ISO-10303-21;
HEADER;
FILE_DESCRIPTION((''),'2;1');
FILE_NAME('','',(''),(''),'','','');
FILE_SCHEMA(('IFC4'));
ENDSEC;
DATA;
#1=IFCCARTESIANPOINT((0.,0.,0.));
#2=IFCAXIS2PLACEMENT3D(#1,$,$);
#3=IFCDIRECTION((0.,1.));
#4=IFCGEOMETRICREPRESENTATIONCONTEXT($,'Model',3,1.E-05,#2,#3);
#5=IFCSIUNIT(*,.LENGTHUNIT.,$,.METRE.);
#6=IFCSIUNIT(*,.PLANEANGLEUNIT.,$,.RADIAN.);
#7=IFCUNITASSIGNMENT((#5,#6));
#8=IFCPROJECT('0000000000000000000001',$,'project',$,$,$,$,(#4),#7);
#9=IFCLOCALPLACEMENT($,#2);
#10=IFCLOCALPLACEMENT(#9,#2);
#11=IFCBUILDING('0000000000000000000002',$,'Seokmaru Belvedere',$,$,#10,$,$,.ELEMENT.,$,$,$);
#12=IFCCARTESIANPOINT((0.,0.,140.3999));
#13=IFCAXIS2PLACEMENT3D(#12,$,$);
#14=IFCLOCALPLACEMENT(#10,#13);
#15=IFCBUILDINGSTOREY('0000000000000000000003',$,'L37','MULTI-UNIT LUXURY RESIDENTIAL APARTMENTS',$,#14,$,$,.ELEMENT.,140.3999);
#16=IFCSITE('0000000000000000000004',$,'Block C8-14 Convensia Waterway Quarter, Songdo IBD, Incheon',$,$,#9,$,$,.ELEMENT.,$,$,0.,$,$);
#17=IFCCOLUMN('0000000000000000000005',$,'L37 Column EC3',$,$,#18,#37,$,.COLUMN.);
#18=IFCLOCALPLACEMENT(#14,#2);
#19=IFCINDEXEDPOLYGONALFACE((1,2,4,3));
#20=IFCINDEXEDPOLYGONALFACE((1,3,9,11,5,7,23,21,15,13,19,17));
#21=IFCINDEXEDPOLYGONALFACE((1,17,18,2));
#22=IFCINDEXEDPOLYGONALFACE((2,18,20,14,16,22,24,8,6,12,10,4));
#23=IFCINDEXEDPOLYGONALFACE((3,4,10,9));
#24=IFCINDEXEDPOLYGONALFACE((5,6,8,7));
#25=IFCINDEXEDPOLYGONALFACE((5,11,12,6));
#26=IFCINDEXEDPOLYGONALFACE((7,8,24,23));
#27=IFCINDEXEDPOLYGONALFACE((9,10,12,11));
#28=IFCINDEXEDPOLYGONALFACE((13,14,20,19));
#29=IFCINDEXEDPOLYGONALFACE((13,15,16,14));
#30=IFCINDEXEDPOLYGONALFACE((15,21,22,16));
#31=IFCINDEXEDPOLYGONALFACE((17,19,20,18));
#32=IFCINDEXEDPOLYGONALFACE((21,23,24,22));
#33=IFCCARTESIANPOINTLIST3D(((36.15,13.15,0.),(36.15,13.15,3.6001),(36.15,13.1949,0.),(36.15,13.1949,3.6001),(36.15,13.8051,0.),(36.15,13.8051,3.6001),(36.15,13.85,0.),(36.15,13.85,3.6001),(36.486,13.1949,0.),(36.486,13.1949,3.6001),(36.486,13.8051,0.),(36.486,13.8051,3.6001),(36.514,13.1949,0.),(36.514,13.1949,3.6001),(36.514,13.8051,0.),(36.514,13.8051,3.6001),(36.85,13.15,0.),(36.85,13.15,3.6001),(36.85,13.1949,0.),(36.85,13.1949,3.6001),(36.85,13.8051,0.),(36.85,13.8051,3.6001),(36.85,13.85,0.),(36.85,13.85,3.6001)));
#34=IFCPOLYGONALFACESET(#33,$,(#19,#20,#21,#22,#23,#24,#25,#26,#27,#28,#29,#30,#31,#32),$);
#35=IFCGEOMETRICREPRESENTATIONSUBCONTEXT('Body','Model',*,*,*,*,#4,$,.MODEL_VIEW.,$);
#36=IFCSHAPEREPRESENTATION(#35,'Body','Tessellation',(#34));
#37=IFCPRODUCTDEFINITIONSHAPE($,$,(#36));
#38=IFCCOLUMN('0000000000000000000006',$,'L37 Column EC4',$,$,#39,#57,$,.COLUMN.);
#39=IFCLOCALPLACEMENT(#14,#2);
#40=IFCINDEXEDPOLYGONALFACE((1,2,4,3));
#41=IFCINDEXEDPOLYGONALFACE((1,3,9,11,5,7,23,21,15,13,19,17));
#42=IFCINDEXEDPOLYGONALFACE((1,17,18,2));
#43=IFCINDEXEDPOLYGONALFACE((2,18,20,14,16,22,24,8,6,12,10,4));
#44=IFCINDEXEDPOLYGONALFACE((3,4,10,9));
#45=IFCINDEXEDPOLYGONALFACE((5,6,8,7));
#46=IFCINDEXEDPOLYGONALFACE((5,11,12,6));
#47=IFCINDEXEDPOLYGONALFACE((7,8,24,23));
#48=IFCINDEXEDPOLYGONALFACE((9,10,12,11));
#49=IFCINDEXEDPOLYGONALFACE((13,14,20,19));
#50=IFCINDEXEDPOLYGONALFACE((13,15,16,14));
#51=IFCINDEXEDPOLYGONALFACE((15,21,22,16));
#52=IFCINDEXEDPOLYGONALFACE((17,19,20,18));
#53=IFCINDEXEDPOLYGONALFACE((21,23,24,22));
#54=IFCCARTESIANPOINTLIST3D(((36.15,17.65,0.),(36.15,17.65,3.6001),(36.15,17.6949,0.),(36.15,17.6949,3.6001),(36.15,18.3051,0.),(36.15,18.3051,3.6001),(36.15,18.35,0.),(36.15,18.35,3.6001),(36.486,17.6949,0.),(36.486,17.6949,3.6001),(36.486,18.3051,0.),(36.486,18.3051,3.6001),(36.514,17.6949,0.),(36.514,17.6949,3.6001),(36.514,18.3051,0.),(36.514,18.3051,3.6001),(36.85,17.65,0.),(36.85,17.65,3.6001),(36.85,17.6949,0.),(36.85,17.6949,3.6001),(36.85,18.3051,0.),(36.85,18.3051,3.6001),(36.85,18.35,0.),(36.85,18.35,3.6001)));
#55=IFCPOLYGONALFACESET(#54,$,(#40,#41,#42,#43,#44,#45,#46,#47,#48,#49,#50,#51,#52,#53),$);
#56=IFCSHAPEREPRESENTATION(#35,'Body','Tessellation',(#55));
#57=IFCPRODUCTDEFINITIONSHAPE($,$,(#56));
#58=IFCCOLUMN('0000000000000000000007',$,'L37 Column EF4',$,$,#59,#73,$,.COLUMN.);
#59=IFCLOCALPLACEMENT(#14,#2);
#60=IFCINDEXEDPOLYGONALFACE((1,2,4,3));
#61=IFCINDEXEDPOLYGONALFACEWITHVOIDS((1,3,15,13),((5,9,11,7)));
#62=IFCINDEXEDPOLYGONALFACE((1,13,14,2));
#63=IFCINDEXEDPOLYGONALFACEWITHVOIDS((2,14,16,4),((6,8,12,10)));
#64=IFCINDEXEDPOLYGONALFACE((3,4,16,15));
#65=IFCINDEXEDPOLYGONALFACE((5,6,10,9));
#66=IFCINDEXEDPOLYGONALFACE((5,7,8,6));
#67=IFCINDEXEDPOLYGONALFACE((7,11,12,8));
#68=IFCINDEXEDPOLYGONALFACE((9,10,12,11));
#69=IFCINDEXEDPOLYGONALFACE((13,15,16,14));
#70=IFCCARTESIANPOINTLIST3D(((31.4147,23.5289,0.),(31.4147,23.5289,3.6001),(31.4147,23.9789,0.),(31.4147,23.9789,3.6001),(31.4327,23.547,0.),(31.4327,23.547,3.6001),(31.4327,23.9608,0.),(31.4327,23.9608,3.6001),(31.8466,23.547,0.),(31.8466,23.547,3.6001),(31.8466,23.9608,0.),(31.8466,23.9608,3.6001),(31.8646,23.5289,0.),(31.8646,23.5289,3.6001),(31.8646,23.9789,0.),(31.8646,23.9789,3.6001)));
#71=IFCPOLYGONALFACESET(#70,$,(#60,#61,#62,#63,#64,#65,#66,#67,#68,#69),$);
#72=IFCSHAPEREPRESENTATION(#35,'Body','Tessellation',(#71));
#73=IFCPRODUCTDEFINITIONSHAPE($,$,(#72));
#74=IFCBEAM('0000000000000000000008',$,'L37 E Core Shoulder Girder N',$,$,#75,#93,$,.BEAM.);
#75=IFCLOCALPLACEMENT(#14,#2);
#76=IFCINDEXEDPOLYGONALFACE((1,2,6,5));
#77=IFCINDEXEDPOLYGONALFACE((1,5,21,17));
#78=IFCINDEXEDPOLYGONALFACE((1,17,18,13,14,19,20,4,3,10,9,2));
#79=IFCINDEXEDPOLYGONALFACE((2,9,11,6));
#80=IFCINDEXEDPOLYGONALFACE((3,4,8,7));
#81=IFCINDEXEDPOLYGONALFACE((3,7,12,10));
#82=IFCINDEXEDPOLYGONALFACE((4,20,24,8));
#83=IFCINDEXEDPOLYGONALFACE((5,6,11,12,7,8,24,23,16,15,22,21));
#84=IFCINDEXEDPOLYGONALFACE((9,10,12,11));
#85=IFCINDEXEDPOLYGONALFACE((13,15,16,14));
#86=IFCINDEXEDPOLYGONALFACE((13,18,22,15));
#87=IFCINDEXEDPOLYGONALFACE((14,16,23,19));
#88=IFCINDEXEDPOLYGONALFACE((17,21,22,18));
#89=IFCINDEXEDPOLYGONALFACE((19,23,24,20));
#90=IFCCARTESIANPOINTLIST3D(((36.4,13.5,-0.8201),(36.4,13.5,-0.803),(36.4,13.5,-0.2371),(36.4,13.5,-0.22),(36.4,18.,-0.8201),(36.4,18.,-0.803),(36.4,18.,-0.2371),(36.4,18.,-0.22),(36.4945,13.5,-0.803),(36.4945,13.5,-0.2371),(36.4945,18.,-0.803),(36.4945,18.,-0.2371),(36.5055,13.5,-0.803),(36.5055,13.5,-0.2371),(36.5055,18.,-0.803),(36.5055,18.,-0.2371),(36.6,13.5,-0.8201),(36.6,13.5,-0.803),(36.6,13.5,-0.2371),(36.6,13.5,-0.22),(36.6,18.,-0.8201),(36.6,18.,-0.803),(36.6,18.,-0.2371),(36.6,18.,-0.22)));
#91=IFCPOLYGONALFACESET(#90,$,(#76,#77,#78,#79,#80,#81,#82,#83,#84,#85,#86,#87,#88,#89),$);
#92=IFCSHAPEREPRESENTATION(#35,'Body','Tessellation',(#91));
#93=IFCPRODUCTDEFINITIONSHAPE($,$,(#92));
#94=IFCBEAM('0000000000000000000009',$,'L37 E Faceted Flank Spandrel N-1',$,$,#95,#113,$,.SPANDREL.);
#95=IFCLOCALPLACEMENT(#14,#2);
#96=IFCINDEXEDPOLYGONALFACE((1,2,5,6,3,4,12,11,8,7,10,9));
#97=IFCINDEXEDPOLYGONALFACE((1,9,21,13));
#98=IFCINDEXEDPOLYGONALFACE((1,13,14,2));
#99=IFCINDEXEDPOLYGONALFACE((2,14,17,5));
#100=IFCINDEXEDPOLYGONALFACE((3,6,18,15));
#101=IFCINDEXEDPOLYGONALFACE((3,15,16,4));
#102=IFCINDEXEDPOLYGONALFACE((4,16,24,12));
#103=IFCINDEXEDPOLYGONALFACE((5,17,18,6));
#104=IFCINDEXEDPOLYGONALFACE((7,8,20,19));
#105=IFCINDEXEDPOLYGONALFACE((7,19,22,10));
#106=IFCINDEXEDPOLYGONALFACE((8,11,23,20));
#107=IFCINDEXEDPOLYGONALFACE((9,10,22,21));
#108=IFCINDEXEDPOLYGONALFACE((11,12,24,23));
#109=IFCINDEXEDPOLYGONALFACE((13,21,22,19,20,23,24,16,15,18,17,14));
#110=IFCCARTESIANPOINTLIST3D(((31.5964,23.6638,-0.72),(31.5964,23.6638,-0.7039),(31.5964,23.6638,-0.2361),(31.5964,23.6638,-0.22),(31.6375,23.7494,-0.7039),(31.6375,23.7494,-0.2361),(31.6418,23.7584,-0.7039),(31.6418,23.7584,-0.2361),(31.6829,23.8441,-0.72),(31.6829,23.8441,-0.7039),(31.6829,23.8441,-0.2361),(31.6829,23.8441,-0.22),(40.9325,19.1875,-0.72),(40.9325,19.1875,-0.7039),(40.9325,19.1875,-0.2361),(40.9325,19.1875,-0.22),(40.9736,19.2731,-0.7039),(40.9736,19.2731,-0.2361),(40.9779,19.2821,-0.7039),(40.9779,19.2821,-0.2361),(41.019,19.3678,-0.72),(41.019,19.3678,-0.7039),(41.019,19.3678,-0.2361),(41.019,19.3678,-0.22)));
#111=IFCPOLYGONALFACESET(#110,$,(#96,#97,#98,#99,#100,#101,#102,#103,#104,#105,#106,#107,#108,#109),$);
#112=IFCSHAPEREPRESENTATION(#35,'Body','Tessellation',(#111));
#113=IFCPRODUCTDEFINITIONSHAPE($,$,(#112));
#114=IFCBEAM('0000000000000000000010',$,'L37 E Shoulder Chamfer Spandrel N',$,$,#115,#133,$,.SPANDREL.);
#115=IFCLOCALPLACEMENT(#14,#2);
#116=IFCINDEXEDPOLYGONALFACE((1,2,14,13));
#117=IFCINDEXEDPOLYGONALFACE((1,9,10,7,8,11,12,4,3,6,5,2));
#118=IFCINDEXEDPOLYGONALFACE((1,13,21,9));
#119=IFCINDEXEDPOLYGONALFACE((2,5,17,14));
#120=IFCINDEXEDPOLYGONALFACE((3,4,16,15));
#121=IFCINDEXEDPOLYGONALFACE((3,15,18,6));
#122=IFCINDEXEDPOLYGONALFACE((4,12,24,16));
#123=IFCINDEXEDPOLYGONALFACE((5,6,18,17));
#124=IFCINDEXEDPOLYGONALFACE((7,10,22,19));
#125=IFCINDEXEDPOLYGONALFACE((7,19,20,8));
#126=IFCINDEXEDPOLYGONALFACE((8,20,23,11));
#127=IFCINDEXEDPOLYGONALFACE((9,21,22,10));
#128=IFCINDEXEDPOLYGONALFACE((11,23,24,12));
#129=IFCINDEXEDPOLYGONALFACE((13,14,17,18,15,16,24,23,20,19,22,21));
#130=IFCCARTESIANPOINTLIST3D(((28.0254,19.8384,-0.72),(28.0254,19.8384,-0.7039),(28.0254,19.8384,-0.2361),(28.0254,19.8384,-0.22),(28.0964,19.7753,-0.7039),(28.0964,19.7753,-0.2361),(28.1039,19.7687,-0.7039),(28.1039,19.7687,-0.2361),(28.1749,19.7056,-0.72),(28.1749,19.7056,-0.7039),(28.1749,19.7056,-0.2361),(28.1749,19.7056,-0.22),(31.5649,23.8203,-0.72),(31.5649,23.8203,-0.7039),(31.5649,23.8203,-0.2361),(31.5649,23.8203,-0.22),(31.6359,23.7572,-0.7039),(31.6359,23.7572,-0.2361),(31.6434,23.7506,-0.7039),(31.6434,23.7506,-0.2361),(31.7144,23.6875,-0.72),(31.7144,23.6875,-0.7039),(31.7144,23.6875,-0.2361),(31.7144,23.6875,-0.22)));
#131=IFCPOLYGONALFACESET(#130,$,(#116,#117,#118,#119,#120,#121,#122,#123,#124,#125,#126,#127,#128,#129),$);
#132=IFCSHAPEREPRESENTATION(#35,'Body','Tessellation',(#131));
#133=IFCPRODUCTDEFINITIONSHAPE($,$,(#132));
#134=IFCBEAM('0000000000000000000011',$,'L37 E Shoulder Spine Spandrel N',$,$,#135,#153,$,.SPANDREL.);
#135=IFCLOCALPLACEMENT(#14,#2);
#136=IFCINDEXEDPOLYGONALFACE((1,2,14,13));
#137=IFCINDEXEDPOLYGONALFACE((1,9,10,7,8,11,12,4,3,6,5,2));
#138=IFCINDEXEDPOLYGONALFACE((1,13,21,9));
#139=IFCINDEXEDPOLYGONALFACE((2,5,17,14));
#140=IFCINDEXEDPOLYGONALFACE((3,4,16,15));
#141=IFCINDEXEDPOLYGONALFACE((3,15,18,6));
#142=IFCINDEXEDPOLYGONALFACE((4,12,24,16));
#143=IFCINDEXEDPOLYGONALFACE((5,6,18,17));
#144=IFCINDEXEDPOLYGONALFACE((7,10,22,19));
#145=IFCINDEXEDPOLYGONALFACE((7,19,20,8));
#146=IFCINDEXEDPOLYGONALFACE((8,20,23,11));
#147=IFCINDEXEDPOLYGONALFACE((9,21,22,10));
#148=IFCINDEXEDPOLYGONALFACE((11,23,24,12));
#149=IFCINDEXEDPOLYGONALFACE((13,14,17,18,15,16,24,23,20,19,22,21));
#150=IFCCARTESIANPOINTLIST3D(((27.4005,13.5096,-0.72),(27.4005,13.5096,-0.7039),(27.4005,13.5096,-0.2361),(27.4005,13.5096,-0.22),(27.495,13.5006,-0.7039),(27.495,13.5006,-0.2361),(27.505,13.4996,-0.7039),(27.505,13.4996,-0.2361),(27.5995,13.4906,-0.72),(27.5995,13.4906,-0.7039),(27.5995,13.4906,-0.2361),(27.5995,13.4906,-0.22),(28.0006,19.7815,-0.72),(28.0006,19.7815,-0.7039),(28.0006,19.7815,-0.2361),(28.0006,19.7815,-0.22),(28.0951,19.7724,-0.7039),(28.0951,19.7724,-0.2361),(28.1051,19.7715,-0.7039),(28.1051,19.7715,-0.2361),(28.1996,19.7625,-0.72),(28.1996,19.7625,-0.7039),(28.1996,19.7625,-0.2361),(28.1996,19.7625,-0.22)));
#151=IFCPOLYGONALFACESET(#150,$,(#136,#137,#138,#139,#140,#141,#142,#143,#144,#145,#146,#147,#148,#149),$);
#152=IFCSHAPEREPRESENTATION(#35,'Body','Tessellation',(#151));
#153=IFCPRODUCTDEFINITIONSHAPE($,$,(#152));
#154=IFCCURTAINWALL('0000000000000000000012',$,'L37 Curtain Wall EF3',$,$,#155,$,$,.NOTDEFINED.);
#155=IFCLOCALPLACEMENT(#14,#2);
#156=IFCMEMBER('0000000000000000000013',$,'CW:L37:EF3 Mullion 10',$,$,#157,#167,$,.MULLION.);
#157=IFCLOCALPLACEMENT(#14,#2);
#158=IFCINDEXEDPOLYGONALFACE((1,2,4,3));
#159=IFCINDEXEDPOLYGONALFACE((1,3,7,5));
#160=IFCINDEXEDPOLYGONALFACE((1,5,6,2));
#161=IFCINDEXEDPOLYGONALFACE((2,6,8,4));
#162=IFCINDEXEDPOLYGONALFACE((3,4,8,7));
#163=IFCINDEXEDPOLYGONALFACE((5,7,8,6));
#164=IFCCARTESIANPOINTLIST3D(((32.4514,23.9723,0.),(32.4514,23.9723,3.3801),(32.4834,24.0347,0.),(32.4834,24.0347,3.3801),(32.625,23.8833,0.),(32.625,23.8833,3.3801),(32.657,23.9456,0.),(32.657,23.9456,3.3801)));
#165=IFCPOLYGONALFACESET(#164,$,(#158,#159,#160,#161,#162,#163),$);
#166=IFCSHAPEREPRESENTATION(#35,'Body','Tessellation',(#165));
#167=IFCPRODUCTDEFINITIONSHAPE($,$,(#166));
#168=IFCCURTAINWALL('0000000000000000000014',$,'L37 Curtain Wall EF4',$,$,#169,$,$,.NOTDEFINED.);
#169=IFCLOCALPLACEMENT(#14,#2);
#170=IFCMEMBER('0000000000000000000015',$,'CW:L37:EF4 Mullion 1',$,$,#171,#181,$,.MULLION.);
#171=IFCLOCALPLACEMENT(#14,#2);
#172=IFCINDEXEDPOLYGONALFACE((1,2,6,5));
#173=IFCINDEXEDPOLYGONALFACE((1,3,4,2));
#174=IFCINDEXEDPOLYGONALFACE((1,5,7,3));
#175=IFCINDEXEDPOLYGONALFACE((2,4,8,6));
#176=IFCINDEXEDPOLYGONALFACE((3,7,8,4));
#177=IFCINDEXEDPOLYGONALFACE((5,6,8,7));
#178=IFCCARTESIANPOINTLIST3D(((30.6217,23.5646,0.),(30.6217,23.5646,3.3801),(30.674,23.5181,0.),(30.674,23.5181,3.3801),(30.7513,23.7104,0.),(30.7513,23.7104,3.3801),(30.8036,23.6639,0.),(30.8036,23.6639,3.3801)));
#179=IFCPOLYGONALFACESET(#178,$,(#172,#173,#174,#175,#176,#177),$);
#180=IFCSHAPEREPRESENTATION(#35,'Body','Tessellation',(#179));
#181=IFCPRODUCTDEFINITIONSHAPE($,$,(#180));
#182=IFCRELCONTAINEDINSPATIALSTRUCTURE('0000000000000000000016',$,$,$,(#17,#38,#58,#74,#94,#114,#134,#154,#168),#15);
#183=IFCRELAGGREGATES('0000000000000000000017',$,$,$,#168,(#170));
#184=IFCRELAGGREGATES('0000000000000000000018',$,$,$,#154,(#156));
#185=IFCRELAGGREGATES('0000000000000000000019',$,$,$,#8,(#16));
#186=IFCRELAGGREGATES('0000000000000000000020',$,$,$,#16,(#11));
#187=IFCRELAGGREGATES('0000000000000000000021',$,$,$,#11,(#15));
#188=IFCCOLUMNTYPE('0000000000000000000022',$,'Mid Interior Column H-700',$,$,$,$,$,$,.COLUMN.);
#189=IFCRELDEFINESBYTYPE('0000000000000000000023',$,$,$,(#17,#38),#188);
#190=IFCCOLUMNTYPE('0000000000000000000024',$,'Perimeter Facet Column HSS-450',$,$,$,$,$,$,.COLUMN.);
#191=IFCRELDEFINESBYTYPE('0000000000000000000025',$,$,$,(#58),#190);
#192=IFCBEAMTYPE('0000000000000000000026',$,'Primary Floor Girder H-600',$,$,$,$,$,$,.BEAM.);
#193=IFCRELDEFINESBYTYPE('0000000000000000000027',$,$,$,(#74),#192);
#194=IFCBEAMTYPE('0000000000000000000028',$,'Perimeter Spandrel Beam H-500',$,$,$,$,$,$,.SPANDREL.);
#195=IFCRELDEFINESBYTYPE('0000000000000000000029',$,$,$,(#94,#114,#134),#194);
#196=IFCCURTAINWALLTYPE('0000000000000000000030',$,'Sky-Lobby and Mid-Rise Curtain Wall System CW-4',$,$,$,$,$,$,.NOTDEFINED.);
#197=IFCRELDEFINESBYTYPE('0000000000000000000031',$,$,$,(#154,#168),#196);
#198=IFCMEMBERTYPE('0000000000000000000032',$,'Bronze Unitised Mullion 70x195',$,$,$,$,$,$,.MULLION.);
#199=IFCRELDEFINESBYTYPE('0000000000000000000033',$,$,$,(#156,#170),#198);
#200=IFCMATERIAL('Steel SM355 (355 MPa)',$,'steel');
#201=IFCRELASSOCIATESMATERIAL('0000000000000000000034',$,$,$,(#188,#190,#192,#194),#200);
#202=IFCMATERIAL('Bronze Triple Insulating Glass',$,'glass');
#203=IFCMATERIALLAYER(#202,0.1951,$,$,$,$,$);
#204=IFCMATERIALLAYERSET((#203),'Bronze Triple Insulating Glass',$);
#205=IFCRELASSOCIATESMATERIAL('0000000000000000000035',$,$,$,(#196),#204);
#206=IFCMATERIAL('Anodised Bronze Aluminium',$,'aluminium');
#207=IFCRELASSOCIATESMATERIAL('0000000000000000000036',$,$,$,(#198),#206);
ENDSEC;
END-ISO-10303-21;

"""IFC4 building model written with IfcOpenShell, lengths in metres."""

from ifc_helpers import new_model, si_unit, direction, frame, origin, origin_2d, place, context, subcontext, project, spatial, rectangle, hollow_rectangle, i_section, extrude, source, transform, mapped, material, layer, layer_set, material_profile, profile_set, type_object, type_shapes, element, aggregate, save


model = new_model("IFC4")

# Units and contexts
model_context = context("Model", 3, precision=1e-05, world=origin(), true_north=direction((0.0, 1.0)))
body_context = subcontext(model_context, "Body", "Model", "MODEL_VIEW")
ifc_project = project(units=[si_unit("LENGTHUNIT", "METRE"), si_unit("PLANEANGLEUNIT", "RADIAN")], contexts=[model_context])

# Site, building, storey
site_placement = place(None, origin())
site = spatial("IfcSite", under=ifc_project, at=site_placement, Name="Block C8-14 Convensia Waterway Quarter, Songdo IBD, Incheon", CompositionType="ELEMENT", RefElevation=0.0)
building_placement = place(site_placement, origin())
building = spatial("IfcBuilding", under=site, at=building_placement, Name="Seokmaru Belvedere", CompositionType="ELEMENT")
storey_placement = place(building_placement, frame((0.0, 0.0, 140.3999)))
storey = spatial("IfcBuildingStorey", under=building, at=storey_placement, Name="L37", Description="MULTI-UNIT LUXURY RESIDENTIAL APARTMENTS", CompositionType="ELEMENT", Elevation=140.3999)

# Columns
ifc_material_1 = material(Name="Steel SM355 (355 MPa)", Category="steel")
ifc_material_profile_1 = material_profile(ifc_material_1, i_section(OverallWidth=0.7, OverallDepth=0.7, WebThickness=0.0281, FlangeThickness=0.0449, at=origin_2d()), Name="H-700x700x28x45")
ifc_profile_set_1 = profile_set([ifc_material_profile_1], Name="Steel SM355 (355 MPa)")
column_type_1 = type_object("IfcColumnType", Name="Mid Interior Column H-700", PredefinedType="COLUMN", material=ifc_profile_set_1)
shared_shape_1 = source(origin(), body_context, "Body", "SweptSolid", [
    extrude(i_section(OverallWidth=0.7, OverallDepth=0.7, WebThickness=0.0281, FlangeThickness=0.0449, at=origin_2d()), origin(), (0.0, 0.0, 1.0), 3.6001),
])
type_shapes(column_type_1, [shared_shape_1])
for number, where, z_axis, x_axis, name in (
    (1, (36.5, 13.5, 0.0), (0.0, 0.0, 1.0), (1.0, 0.0, 0.0), "L37 Column EC3"),
    (2, (36.5, 18.0, 0.0), (0.0, 0.0, 1.0), (1.0, 0.0, 0.0), "L37 Column EC4"),
):
    element("IfcColumn", number, at=place(storey_placement, frame(where, z_axis=z_axis, x_axis=x_axis)), inside=storey, type_object=column_type_1, Name=name, PredefinedType="COLUMN", context=body_context, shape_type="MappedRepresentation", body=[
        mapped(shared_shape_1, transform((0.0, 0.0, 0.0), scale=1.0)),
    ])
ifc_material_profile_2 = material_profile(ifc_material_1, hollow_rectangle(XDim=0.45, YDim=0.45, WallThickness=0.0181, at=origin_2d()), Name="HSS-450x450x18")
ifc_profile_set_2 = profile_set([ifc_material_profile_2], Name="Steel SM355 (355 MPa)")
column_type_2 = type_object("IfcColumnType", Name="Perimeter Facet Column HSS-450", PredefinedType="COLUMN", material=ifc_profile_set_2)
shared_shape_2 = source(origin(), body_context, "Body", "SweptSolid", [
    extrude(hollow_rectangle(XDim=0.45, YDim=0.45, WallThickness=0.0181, at=origin_2d()), origin(), (0.0, 0.0, 1.0), 3.6001),
])
type_shapes(column_type_2, [shared_shape_2])
column_placement = place(storey_placement, frame((31.6396, 23.7539, 0.0), z_axis=(0.0, 0.0, 1.0), x_axis=(1.0, 0.0, 0.0)))
element("IfcColumn", 3, at=column_placement, inside=storey, type_object=column_type_2, Name="L37 Column EF4", PredefinedType="COLUMN", context=body_context, shape_type="MappedRepresentation", body=[
    mapped(shared_shape_2, transform((0.0, 0.0, 0.0), scale=1.0)),
])

# Beams
ifc_material_profile_3 = material_profile(ifc_material_1, i_section(OverallWidth=0.2, OverallDepth=0.6001, WebThickness=0.011, FlangeThickness=0.0171, at=origin_2d()), Name="H-600x200x11x17")
ifc_profile_set_3 = profile_set([ifc_material_profile_3], Name="Steel SM355 (355 MPa)")
beam_type_1 = type_object("IfcBeamType", Name="Primary Floor Girder H-600", PredefinedType="BEAM", material=ifc_profile_set_3)
shared_shape_3 = source(origin(), body_context, "Body", "SweptSolid", [
    extrude(i_section(OverallWidth=0.2, OverallDepth=0.6001, WebThickness=0.011, FlangeThickness=0.0171, at=origin_2d()), origin(), (0.0, 0.0, 1.0), 4.5),
])
type_shapes(beam_type_1, [shared_shape_3])
beam_1_placement = place(storey_placement, frame((36.5, 13.5, -0.52), z_axis=(0.0, 1.0, 0.0), x_axis=(-1.0, 0.0, 0.0)))
element("IfcBeam", 4, at=beam_1_placement, inside=storey, type_object=beam_type_1, Name="L37 E Core Shoulder Girder N", PredefinedType="BEAM", context=body_context, shape_type="MappedRepresentation", body=[
    mapped(shared_shape_3, transform((0.0, 0.0, 0.0), scale=1.0)),
])
ifc_material_profile_4 = material_profile(ifc_material_1, i_section(OverallWidth=0.2, OverallDepth=0.5, WebThickness=0.01, FlangeThickness=0.0161, at=origin_2d()), Name="H-500x200x10x16")
ifc_profile_set_4 = profile_set([ifc_material_profile_4], Name="Steel SM355 (355 MPa)")
beam_type_2 = type_object("IfcBeamType", Name="Perimeter Spandrel Beam H-500", PredefinedType="SPANDREL", material=ifc_profile_set_4)
shared_shape_4 = source(origin(), body_context, "Body", "SweptSolid", [
    extrude(i_section(OverallWidth=0.2, OverallDepth=0.5, WebThickness=0.01, FlangeThickness=0.0161, at=origin_2d()), origin(), (0.0, 0.0, 1.0), 10.3538),
])
beam_2_placement = place(storey_placement, frame((31.6396, 23.7539, -0.47), z_axis=(0.901713, -0.432335, 0.0), x_axis=(0.432335, 0.901713, 0.0)))
element("IfcBeam", 5, at=beam_2_placement, inside=storey, type_object=beam_type_2, Name="L37 E Faceted Flank Spandrel N-1", PredefinedType="SPANDREL", context=body_context, shape_type="MappedRepresentation", body=[
    mapped(shared_shape_4, transform((0.0, 0.0, 0.0), scale=1.0)),
])
shared_shape_5 = source(origin(), body_context, "Body", "SweptSolid", [
    extrude(i_section(OverallWidth=0.2, OverallDepth=0.5, WebThickness=0.01, FlangeThickness=0.0161, at=origin_2d()), origin(), (0.0, 0.0, 1.0), 5.3276),
])
beam_3_placement = place(storey_placement, frame((31.6396, 23.7539, -0.47), z_axis=(-0.66437, -0.747404, 0.0), x_axis=(0.747404, -0.66437, 0.0)))
element("IfcBeam", 6, at=beam_3_placement, inside=storey, type_object=beam_type_2, Name="L37 E Shoulder Chamfer Spandrel N", PredefinedType="SPANDREL", context=body_context, shape_type="MappedRepresentation", body=[
    mapped(shared_shape_5, transform((0.0, 0.0, 0.0), scale=1.0)),
])
shared_shape_6 = source(origin(), body_context, "Body", "SweptSolid", [
    extrude(i_section(OverallWidth=0.2, OverallDepth=0.5, WebThickness=0.01, FlangeThickness=0.0161, at=origin_2d()), origin(), (0.0, 0.0, 1.0), 6.3005),
])
type_shapes(beam_type_2, [shared_shape_4, shared_shape_5, shared_shape_6])
beam_4_placement = place(storey_placement, frame((28.1001, 19.772, -0.47), z_axis=(-0.095244, -0.995454, 0.0), x_axis=(0.995454, -0.095244, 0.0)))
element("IfcBeam", 7, at=beam_4_placement, inside=storey, type_object=beam_type_2, Name="L37 E Shoulder Spine Spandrel N", PredefinedType="SPANDREL", context=body_context, shape_type="MappedRepresentation", body=[
    mapped(shared_shape_6, transform((0.0, 0.0, 0.0), scale=1.0)),
])

# Curtain wall, member
ifc_material_2 = material(Name="Bronze Triple Insulating Glass", Category="glass")
ifc_layer_1 = layer(ifc_material_2, 0.1951)
ifc_layer_set_1 = layer_set([ifc_layer_1], Name="Bronze Triple Insulating Glass")
curtain_wall_type = type_object("IfcCurtainWallType", Name="Sky-Lobby and Mid-Rise Curtain Wall System CW-4", PredefinedType="NOTDEFINED", material=ifc_layer_set_1)
curtain_wall_1_placement = place(storey_placement, origin())
curtain_wall_1 = element("IfcCurtainWall", 8, at=curtain_wall_1_placement, inside=storey, type_object=curtain_wall_type, Name="L37 Curtain Wall EF3", PredefinedType="NOTDEFINED")
ifc_material_3 = material(Name="Anodised Bronze Aluminium", Category="aluminium")
ifc_material_profile_5 = material_profile(ifc_material_3, rectangle(XDim=0.0701, YDim=0.1951, at=origin_2d()), Name="CW-M-70x195")
ifc_profile_set_5 = profile_set([ifc_material_profile_5], Name="Anodised Bronze Aluminium")
member_type_1 = type_object("IfcMemberType", Name="Bronze Unitised Mullion 70x195", PredefinedType="MULLION", material=ifc_profile_set_5)
shared_shape_7 = source(origin(), body_context, "Body", "SweptSolid", [
    extrude(rectangle(XDim=0.0701, YDim=0.1951, at=origin_2d()), origin(), (0.0, 0.0, 1.0), 3.3801),
])
type_shapes(member_type_1, [shared_shape_7])
member_1_placement = place(storey_placement, frame((32.5542, 23.959, 0.0), z_axis=(0.0, 0.0, 1.0), x_axis=(-0.456555, -0.889695, 0.0)))
member_1 = element("IfcMember", 9, at=member_1_placement, type_object=member_type_1, Name="CW:L37:EF3 Mullion 10", PredefinedType="MULLION", context=body_context, shape_type="MappedRepresentation", body=[
    mapped(shared_shape_7, transform((0.0, 0.0, 0.0), scale=1.0)),
])

# Curtain wall, member
curtain_wall_2_placement = place(storey_placement, origin())
curtain_wall_2 = element("IfcCurtainWall", 10, at=curtain_wall_2_placement, inside=storey, type_object=curtain_wall_type, Name="L37 Curtain Wall EF4", PredefinedType="NOTDEFINED")
member_2_placement = place(storey_placement, frame((30.7126, 23.6143, 0.0), z_axis=(0.0, 0.0, 1.0), x_axis=(0.74741, -0.664363, 0.0)))
member_2 = element("IfcMember", 11, at=member_2_placement, type_object=member_type_1, Name="CW:L37:EF4 Mullion 1", PredefinedType="MULLION", context=body_context, shape_type="MappedRepresentation", body=[
    mapped(shared_shape_7, transform((0.0, 0.0, 0.0), scale=1.0)),
])

aggregate(curtain_wall_2, [member_2])
aggregate(curtain_wall_1, [member_1])

save(model, "model.ifc")
